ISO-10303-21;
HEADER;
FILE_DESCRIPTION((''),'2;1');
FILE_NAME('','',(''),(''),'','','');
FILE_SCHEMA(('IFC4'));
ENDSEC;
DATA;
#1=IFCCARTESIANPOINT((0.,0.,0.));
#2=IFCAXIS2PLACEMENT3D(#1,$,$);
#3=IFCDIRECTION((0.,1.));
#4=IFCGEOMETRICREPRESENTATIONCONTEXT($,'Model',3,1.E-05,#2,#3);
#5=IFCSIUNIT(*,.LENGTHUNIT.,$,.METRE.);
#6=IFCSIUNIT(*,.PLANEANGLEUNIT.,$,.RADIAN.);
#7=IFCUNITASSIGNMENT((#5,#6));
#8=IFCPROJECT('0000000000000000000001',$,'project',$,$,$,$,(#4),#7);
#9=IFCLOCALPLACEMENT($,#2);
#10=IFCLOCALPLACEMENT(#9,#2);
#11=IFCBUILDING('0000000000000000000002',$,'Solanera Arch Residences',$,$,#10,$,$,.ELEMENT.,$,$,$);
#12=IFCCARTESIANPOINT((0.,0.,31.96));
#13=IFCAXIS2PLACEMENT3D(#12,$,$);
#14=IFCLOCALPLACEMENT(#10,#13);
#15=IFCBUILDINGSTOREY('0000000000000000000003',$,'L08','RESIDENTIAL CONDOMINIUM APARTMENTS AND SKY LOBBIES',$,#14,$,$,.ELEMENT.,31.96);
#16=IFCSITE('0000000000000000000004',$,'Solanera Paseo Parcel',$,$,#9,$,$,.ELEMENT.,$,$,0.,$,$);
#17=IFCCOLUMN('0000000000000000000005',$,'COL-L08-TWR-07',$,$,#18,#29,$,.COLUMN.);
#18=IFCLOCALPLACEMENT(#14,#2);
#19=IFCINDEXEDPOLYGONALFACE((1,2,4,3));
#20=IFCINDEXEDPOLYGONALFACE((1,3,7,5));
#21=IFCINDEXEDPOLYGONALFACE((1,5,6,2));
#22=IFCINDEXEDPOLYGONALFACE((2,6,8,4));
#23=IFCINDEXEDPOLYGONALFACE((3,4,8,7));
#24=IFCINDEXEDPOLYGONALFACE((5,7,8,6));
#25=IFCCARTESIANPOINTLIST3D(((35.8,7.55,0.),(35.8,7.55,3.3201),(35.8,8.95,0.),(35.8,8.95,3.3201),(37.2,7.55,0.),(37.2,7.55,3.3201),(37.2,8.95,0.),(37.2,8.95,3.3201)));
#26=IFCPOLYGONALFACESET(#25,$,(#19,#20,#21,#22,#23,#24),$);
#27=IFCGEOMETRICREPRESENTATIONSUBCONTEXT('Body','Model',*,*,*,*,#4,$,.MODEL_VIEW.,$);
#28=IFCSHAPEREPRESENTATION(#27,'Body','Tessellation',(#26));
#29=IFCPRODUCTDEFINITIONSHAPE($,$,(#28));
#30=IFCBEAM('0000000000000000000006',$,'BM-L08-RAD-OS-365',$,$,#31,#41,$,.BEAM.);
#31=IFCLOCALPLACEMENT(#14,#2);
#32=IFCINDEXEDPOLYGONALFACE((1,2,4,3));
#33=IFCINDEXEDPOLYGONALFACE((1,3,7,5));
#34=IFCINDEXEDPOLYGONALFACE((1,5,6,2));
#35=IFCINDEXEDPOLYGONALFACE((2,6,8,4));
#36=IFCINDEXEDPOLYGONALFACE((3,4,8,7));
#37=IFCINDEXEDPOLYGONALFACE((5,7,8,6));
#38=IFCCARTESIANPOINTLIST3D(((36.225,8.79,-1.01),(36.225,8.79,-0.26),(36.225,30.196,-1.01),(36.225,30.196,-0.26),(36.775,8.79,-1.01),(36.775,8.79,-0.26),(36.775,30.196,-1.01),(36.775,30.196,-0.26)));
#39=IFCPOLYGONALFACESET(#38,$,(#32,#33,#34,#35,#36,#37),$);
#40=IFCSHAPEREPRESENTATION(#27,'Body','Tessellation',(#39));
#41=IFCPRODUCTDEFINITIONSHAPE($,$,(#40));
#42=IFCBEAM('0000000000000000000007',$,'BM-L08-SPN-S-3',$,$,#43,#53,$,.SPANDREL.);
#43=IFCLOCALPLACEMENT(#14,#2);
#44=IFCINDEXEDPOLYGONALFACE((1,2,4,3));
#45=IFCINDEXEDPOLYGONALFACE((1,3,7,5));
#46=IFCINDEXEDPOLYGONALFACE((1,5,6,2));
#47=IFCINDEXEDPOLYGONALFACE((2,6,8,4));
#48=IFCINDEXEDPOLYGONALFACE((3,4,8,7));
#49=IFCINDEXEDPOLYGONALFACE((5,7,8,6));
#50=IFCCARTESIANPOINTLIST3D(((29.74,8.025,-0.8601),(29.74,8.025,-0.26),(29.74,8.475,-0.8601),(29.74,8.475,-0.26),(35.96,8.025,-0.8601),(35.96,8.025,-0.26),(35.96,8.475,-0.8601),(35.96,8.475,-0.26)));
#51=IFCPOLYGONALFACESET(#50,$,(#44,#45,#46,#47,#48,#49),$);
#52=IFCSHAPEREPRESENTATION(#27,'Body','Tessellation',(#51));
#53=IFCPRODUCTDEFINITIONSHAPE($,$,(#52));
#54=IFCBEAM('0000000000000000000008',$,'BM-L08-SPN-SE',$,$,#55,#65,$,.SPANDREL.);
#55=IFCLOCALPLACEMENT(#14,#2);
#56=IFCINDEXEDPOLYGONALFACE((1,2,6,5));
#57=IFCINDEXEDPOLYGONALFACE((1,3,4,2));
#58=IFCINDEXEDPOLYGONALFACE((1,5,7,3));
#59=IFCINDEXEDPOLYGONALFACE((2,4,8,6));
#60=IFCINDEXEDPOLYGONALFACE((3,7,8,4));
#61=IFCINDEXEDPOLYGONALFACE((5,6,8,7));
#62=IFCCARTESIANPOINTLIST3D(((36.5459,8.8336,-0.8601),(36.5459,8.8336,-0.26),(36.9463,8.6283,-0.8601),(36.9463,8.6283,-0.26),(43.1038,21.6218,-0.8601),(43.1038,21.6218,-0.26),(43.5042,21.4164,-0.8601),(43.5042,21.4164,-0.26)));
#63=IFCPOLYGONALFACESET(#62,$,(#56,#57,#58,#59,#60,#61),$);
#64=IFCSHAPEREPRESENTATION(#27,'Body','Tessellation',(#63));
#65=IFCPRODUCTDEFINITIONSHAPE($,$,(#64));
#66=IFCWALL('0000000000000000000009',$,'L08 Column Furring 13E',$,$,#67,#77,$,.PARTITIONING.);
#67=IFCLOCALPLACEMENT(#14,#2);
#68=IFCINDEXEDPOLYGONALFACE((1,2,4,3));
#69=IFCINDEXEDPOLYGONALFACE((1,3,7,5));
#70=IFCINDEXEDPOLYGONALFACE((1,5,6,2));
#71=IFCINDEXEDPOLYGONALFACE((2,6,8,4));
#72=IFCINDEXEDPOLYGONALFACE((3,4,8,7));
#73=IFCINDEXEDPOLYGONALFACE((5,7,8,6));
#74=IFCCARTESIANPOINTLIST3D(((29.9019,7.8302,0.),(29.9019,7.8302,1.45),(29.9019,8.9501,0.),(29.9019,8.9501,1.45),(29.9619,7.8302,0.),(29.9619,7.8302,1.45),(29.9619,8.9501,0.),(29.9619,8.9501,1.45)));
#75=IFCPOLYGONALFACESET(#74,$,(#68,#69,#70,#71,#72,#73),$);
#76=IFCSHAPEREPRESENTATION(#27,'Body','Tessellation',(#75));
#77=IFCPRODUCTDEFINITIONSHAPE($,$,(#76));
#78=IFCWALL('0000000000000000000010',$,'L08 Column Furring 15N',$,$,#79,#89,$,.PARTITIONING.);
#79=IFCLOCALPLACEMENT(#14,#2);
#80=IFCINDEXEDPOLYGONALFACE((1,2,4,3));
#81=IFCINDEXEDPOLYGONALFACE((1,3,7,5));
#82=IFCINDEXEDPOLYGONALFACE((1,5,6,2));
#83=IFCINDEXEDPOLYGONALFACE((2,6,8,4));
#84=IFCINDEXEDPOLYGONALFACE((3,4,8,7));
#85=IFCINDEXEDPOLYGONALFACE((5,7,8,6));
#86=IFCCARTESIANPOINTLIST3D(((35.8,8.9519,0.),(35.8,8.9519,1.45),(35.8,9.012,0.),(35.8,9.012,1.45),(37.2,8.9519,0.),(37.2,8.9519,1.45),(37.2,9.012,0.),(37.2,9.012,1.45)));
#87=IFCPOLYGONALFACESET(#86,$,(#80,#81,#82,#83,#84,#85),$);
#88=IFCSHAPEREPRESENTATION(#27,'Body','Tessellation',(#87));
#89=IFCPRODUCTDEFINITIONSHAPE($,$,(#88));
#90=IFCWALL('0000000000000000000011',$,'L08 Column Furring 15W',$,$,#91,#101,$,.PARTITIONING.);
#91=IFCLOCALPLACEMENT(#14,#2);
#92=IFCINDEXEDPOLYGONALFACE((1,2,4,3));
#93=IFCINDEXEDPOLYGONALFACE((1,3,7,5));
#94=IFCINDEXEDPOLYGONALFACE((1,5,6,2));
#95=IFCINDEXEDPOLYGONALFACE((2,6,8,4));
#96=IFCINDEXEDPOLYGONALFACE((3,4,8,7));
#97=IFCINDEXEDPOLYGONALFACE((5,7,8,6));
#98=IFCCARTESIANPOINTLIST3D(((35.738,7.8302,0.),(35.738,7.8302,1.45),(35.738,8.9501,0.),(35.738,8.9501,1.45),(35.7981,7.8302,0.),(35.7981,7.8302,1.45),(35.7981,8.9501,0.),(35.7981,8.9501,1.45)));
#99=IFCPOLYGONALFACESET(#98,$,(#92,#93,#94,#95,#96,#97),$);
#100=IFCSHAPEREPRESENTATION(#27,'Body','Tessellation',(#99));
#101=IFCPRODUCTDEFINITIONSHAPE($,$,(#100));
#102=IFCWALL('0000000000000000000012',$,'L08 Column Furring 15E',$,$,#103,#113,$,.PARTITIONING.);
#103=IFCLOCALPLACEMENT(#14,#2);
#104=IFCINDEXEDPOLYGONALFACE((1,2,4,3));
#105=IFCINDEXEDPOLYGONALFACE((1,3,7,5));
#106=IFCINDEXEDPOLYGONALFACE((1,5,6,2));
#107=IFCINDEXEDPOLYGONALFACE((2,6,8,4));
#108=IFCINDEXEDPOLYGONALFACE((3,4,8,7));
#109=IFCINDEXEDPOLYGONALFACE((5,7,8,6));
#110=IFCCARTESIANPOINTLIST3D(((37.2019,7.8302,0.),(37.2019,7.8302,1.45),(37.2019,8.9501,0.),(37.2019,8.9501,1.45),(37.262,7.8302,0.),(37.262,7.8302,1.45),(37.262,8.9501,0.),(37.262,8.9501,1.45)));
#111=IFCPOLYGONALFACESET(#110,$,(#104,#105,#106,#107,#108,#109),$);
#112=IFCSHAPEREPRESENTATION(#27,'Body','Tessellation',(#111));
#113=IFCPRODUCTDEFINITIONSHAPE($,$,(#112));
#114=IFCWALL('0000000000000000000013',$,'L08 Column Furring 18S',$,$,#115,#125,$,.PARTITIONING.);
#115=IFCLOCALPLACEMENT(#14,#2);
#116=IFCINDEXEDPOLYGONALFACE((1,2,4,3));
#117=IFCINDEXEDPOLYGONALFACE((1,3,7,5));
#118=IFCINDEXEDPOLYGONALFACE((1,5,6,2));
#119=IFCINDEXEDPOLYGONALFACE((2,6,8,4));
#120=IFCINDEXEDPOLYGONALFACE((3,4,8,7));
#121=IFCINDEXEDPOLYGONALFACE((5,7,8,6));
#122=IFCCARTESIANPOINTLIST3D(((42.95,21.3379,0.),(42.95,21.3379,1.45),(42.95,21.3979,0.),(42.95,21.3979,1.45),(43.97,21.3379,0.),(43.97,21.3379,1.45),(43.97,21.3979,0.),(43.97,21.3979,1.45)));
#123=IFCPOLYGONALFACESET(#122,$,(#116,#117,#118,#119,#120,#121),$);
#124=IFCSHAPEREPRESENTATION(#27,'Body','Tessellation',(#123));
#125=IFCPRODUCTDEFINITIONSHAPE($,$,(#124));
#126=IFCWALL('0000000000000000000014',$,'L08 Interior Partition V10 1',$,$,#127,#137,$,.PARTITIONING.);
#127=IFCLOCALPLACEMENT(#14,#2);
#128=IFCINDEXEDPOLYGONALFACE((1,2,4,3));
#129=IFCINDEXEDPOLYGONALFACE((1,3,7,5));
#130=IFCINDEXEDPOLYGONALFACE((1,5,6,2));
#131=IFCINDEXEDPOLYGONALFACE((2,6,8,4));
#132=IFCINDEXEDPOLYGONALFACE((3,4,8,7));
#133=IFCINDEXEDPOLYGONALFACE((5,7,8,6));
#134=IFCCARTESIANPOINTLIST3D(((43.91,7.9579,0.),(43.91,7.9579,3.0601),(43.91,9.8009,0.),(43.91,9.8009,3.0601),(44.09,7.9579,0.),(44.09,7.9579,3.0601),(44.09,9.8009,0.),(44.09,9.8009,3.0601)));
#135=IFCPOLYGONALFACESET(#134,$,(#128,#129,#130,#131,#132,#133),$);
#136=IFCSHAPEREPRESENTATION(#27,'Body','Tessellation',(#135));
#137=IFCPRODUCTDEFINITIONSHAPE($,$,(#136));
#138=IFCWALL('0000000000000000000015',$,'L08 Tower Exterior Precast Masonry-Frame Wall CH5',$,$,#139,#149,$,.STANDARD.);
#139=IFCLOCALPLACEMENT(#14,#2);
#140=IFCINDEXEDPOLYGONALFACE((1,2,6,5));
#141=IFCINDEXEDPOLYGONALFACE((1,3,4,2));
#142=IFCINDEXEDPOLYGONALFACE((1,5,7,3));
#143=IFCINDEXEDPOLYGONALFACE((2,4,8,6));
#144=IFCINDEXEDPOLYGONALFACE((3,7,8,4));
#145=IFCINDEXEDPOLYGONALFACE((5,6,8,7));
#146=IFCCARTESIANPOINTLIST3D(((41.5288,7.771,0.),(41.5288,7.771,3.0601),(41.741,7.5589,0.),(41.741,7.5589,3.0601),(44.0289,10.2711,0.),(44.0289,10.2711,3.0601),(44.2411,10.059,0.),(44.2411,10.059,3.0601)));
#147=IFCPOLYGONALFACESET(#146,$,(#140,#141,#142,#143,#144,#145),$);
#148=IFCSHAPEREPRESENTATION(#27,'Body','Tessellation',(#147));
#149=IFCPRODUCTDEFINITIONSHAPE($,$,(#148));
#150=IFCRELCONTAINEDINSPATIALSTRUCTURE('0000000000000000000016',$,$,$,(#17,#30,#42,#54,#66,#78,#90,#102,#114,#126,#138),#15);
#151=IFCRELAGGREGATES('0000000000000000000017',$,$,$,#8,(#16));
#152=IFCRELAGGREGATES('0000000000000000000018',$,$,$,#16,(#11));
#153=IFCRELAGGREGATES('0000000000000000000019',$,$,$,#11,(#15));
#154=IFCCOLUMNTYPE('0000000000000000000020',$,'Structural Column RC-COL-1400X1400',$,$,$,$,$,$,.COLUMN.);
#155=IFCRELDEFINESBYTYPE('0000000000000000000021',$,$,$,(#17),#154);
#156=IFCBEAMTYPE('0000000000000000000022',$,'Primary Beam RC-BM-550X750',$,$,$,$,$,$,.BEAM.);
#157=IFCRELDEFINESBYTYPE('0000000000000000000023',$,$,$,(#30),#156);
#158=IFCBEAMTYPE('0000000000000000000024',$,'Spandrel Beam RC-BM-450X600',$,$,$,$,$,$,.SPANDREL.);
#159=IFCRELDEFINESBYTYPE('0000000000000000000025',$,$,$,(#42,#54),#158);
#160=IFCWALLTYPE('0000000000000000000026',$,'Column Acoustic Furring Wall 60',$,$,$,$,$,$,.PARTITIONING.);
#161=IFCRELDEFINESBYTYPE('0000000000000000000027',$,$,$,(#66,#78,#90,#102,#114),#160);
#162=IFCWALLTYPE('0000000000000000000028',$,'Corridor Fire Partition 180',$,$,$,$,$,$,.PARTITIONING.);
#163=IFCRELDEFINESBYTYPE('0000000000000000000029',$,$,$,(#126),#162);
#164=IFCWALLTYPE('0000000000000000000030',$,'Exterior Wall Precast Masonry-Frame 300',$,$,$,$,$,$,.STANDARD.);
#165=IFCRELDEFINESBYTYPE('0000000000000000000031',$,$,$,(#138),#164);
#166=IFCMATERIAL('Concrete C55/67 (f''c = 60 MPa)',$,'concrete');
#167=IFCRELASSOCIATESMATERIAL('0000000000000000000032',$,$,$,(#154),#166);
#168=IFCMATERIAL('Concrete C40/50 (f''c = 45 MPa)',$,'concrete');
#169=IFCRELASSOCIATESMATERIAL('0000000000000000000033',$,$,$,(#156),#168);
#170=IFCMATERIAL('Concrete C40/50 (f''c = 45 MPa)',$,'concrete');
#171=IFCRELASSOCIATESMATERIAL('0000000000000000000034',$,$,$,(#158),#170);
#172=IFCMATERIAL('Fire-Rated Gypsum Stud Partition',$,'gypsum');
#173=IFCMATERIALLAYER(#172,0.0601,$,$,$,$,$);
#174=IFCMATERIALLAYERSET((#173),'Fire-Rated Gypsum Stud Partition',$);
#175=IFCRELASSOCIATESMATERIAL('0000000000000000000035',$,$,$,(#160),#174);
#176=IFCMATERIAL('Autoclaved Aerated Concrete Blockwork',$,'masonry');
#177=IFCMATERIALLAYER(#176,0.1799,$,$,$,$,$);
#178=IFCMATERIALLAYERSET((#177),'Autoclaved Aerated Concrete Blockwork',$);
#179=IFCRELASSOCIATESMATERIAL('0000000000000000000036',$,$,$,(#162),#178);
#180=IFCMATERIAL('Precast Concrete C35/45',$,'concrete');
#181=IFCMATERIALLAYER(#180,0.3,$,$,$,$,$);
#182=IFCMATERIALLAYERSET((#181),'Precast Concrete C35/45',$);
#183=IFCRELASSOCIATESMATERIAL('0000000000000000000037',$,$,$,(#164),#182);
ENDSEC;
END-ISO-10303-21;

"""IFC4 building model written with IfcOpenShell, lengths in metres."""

from ifc_helpers import new_model, si_unit, direction, frame, frame_2d, origin, origin_2d, place, context, subcontext, project, spatial, rectangle, extrude, material, layer, layer_set, material_profile, profile_set, type_object, element, save


model = new_model("IFC4")

# Units and contexts
model_context = context("Model", 3, precision=1e-05, world=origin(), true_north=direction((0.0, 1.0)))
body_context = subcontext(model_context, "Body", "Model", "MODEL_VIEW")
ifc_project = project(units=[si_unit("LENGTHUNIT", "METRE"), si_unit("PLANEANGLEUNIT", "RADIAN")], contexts=[model_context])

# Site, building, storey
site_placement = place(None, origin())
site = spatial("IfcSite", under=ifc_project, at=site_placement, Name="Solanera Paseo Parcel", CompositionType="ELEMENT", RefElevation=0.0)
building_placement = place(site_placement, origin())
building = spatial("IfcBuilding", under=site, at=building_placement, Name="Solanera Arch Residences", CompositionType="ELEMENT")
storey_placement = place(building_placement, frame((0.0, 0.0, 31.96)))
storey = spatial("IfcBuildingStorey", under=building, at=storey_placement, Name="L08", Description="RESIDENTIAL CONDOMINIUM APARTMENTS AND SKY LOBBIES", CompositionType="ELEMENT", Elevation=31.96)

# Column
ifc_material_1 = material(Name="Concrete C55/67 (f'c = 60 MPa)", Category="concrete")
ifc_material_profile_1 = material_profile(ifc_material_1, rectangle(XDim=1.3999, YDim=1.3999, at=origin_2d()))
ifc_profile_set_1 = profile_set([ifc_material_profile_1], Name="Concrete C55/67 (f'c = 60 MPa)")
column_type = type_object("IfcColumnType", Name="Structural Column RC-COL-1400X1400", PredefinedType="COLUMN", material=ifc_profile_set_1)
column_placement = place(storey_placement, frame((36.5, 8.25, 0.0), z_axis=(0.0, 0.0, 1.0), x_axis=(1.0, 0.0, 0.0)))
element("IfcColumn", 1, at=column_placement, inside=storey, type_object=column_type, Name="COL-L08-TWR-07", PredefinedType="COLUMN", context=body_context, shape_type="SweptSolid", body=[
    extrude(rectangle(XDim=1.3999, YDim=1.3999, at=origin_2d()), origin(), (0.0, 0.0, 1.0), 3.3201),
])

# Beams
ifc_material_2 = material(Name="Concrete C40/50 (f'c = 45 MPa)", Category="concrete")
ifc_material_profile_2 = material_profile(ifc_material_2, rectangle(XDim=0.55, YDim=0.75, at=origin_2d()))
ifc_profile_set_2 = profile_set([ifc_material_profile_2], Name="Concrete C40/50 (f'c = 45 MPa)")
beam_type_1 = type_object("IfcBeamType", Name="Primary Beam RC-BM-550X750", PredefinedType="BEAM", material=ifc_profile_set_2)
beam_1_placement = place(storey_placement, frame((36.5, 8.79, -0.635), z_axis=(0.0, 1.0, 0.0), x_axis=(-1.0, 0.0, 0.0)))
element("IfcBeam", 2, at=beam_1_placement, inside=storey, type_object=beam_type_1, Name="BM-L08-RAD-OS-365", PredefinedType="BEAM", context=body_context, shape_type="SweptSolid", body=[
    extrude(rectangle(XDim=0.55, YDim=0.75, at=origin_2d()), origin(), (0.0, 0.0, 1.0), 21.406),
])
ifc_material_3 = material(Name="Concrete C40/50 (f'c = 45 MPa)", Category="concrete")
ifc_material_profile_3 = material_profile(ifc_material_3, rectangle(XDim=0.45, YDim=0.6001, at=origin_2d()))
ifc_profile_set_3 = profile_set([ifc_material_profile_3], Name="Concrete C40/50 (f'c = 45 MPa)")
beam_type_2 = type_object("IfcBeamType", Name="Spandrel Beam RC-BM-450X600", PredefinedType="SPANDREL", material=ifc_profile_set_3)
beam_2_placement = place(storey_placement, frame((29.74, 8.25, -0.5601), z_axis=(1.0, 0.0, 0.0), x_axis=(0.0, 1.0, 0.0)))
element("IfcBeam", 3, at=beam_2_placement, inside=storey, type_object=beam_type_2, Name="BM-L08-SPN-S-3", PredefinedType="SPANDREL", context=body_context, shape_type="SweptSolid", body=[
    extrude(rectangle(XDim=0.45, YDim=0.6001, at=origin_2d()), origin(), (0.0, 0.0, 1.0), 6.22),
])
beam_3_placement = place(storey_placement, frame((36.7461, 8.731, -0.5601), z_axis=(0.456309, 0.889821, 0.0), x_axis=(-0.889821, 0.456309, 0.0)))
element("IfcBeam", 4, at=beam_3_placement, inside=storey, type_object=beam_type_2, Name="BM-L08-SPN-SE", PredefinedType="SPANDREL", context=body_context, shape_type="SweptSolid", body=[
    extrude(rectangle(XDim=0.45, YDim=0.6001, at=origin_2d()), origin(), (0.0, 0.0, 1.0), 14.3716),
])

# Walls
ifc_material_4 = material(Name="Fire-Rated Gypsum Stud Partition", Category="gypsum")
ifc_layer_1 = layer(ifc_material_4, 0.0601)
ifc_layer_set_1 = layer_set([ifc_layer_1], Name="Fire-Rated Gypsum Stud Partition")
wall_type_1 = type_object("IfcWallType", Name="Column Acoustic Furring Wall 60", PredefinedType="PARTITIONING", material=ifc_layer_set_1)
wall_1_placement = place(storey_placement, frame((29.9319, 7.8301, 0.0), z_axis=(0.0, 0.0, 1.0), x_axis=(0.0, 1.0, 0.0)))
element("IfcWall", 5, at=wall_1_placement, inside=storey, type_object=wall_type_1, Name="L08 Column Furring 13E", PredefinedType="PARTITIONING", context=body_context, shape_type="SweptSolid", body=[
    extrude(rectangle(XDim=1.1199, YDim=0.0601, at=frame_2d((0.5601, 0.0))), origin(), (0.0, 0.0, 1.0), 1.45),
])
wall_2_placement = place(storey_placement, frame((35.8, 8.9819, 0.0), z_axis=(0.0, 0.0, 1.0), x_axis=(1.0, 0.0, 0.0)))
element("IfcWall", 6, at=wall_2_placement, inside=storey, type_object=wall_type_1, Name="L08 Column Furring 15N", PredefinedType="PARTITIONING", context=body_context, shape_type="SweptSolid", body=[
    extrude(rectangle(XDim=1.3999, YDim=0.0601, at=frame_2d((0.7, 0.0))), origin(), (0.0, 0.0, 1.0), 1.45),
])
for number, where, z_axis, x_axis, name in (
    (7, (35.7681, 7.8301, 0.0), (0.0, 0.0, 1.0), (0.0, 1.0, 0.0), "L08 Column Furring 15W"),
    (8, (37.2319, 7.8301, 0.0), (0.0, 0.0, 1.0), (0.0, 1.0, 0.0), "L08 Column Furring 15E"),
):
    element("IfcWall", number, at=place(storey_placement, frame(where, z_axis=z_axis, x_axis=x_axis)), inside=storey, type_object=wall_type_1, Name=name, PredefinedType="PARTITIONING", context=body_context, shape_type="SweptSolid", body=[
        extrude(rectangle(XDim=1.1199, YDim=0.0601, at=frame_2d((0.5601, 0.0))), origin(), (0.0, 0.0, 1.0), 1.45),
    ])
wall_3_placement = place(storey_placement, frame((42.95, 21.3679, 0.0), z_axis=(0.0, 0.0, 1.0), x_axis=(1.0, 0.0, 0.0)))
element("IfcWall", 9, at=wall_3_placement, inside=storey, type_object=wall_type_1, Name="L08 Column Furring 18S", PredefinedType="PARTITIONING", context=body_context, shape_type="SweptSolid", body=[
    extrude(rectangle(XDim=1.02, YDim=0.0601, at=frame_2d((0.51, 0.0))), origin(), (0.0, 0.0, 1.0), 1.45),
])
ifc_material_5 = material(Name="Autoclaved Aerated Concrete Blockwork", Category="masonry")
ifc_layer_2 = layer(ifc_material_5, 0.1799)
ifc_layer_set_2 = layer_set([ifc_layer_2], Name="Autoclaved Aerated Concrete Blockwork")
wall_type_2 = type_object("IfcWallType", Name="Corridor Fire Partition 180", PredefinedType="PARTITIONING", material=ifc_layer_set_2)
wall_4_placement = place(storey_placement, frame((44.0, 7.958, 0.0), z_axis=(0.0, 0.0, 1.0), x_axis=(0.0, 1.0, 0.0)))
element("IfcWall", 10, at=wall_4_placement, inside=storey, type_object=wall_type_2, Name="L08 Interior Partition V10 1", PredefinedType="PARTITIONING", context=body_context, shape_type="SweptSolid", body=[
    extrude(rectangle(XDim=1.843, YDim=0.1799, at=frame_2d((0.9214, 0.0))), origin(), (0.0, 0.0, 1.0), 3.0601),
])
ifc_material_6 = material(Name="Precast Concrete C35/45", Category="concrete")
ifc_layer_3 = layer(ifc_material_6, 0.3)
ifc_layer_set_3 = layer_set([ifc_layer_3], Name="Precast Concrete C35/45")
wall_type_3 = type_object("IfcWallType", Name="Exterior Wall Precast Masonry-Frame 300", PredefinedType="STANDARD", material=ifc_layer_set_3)
wall_5_placement = place(storey_placement, frame((44.135, 10.165, 0.0), z_axis=(0.0, 0.0, 1.0), x_axis=(-0.707107, -0.707107, 0.0)))
element("IfcWall", 11, at=wall_5_placement, inside=storey, type_object=wall_type_3, Name="L08 Tower Exterior Precast Masonry-Frame Wall CH5", PredefinedType="STANDARD", context=body_context, shape_type="SweptSolid", body=[
    extrude(rectangle(XDim=3.5356, YDim=0.3, at=frame_2d((1.7678, 0.0))), origin(), (0.0, 0.0, 1.0), 3.0601),
])

save(model, "model.ifc")
